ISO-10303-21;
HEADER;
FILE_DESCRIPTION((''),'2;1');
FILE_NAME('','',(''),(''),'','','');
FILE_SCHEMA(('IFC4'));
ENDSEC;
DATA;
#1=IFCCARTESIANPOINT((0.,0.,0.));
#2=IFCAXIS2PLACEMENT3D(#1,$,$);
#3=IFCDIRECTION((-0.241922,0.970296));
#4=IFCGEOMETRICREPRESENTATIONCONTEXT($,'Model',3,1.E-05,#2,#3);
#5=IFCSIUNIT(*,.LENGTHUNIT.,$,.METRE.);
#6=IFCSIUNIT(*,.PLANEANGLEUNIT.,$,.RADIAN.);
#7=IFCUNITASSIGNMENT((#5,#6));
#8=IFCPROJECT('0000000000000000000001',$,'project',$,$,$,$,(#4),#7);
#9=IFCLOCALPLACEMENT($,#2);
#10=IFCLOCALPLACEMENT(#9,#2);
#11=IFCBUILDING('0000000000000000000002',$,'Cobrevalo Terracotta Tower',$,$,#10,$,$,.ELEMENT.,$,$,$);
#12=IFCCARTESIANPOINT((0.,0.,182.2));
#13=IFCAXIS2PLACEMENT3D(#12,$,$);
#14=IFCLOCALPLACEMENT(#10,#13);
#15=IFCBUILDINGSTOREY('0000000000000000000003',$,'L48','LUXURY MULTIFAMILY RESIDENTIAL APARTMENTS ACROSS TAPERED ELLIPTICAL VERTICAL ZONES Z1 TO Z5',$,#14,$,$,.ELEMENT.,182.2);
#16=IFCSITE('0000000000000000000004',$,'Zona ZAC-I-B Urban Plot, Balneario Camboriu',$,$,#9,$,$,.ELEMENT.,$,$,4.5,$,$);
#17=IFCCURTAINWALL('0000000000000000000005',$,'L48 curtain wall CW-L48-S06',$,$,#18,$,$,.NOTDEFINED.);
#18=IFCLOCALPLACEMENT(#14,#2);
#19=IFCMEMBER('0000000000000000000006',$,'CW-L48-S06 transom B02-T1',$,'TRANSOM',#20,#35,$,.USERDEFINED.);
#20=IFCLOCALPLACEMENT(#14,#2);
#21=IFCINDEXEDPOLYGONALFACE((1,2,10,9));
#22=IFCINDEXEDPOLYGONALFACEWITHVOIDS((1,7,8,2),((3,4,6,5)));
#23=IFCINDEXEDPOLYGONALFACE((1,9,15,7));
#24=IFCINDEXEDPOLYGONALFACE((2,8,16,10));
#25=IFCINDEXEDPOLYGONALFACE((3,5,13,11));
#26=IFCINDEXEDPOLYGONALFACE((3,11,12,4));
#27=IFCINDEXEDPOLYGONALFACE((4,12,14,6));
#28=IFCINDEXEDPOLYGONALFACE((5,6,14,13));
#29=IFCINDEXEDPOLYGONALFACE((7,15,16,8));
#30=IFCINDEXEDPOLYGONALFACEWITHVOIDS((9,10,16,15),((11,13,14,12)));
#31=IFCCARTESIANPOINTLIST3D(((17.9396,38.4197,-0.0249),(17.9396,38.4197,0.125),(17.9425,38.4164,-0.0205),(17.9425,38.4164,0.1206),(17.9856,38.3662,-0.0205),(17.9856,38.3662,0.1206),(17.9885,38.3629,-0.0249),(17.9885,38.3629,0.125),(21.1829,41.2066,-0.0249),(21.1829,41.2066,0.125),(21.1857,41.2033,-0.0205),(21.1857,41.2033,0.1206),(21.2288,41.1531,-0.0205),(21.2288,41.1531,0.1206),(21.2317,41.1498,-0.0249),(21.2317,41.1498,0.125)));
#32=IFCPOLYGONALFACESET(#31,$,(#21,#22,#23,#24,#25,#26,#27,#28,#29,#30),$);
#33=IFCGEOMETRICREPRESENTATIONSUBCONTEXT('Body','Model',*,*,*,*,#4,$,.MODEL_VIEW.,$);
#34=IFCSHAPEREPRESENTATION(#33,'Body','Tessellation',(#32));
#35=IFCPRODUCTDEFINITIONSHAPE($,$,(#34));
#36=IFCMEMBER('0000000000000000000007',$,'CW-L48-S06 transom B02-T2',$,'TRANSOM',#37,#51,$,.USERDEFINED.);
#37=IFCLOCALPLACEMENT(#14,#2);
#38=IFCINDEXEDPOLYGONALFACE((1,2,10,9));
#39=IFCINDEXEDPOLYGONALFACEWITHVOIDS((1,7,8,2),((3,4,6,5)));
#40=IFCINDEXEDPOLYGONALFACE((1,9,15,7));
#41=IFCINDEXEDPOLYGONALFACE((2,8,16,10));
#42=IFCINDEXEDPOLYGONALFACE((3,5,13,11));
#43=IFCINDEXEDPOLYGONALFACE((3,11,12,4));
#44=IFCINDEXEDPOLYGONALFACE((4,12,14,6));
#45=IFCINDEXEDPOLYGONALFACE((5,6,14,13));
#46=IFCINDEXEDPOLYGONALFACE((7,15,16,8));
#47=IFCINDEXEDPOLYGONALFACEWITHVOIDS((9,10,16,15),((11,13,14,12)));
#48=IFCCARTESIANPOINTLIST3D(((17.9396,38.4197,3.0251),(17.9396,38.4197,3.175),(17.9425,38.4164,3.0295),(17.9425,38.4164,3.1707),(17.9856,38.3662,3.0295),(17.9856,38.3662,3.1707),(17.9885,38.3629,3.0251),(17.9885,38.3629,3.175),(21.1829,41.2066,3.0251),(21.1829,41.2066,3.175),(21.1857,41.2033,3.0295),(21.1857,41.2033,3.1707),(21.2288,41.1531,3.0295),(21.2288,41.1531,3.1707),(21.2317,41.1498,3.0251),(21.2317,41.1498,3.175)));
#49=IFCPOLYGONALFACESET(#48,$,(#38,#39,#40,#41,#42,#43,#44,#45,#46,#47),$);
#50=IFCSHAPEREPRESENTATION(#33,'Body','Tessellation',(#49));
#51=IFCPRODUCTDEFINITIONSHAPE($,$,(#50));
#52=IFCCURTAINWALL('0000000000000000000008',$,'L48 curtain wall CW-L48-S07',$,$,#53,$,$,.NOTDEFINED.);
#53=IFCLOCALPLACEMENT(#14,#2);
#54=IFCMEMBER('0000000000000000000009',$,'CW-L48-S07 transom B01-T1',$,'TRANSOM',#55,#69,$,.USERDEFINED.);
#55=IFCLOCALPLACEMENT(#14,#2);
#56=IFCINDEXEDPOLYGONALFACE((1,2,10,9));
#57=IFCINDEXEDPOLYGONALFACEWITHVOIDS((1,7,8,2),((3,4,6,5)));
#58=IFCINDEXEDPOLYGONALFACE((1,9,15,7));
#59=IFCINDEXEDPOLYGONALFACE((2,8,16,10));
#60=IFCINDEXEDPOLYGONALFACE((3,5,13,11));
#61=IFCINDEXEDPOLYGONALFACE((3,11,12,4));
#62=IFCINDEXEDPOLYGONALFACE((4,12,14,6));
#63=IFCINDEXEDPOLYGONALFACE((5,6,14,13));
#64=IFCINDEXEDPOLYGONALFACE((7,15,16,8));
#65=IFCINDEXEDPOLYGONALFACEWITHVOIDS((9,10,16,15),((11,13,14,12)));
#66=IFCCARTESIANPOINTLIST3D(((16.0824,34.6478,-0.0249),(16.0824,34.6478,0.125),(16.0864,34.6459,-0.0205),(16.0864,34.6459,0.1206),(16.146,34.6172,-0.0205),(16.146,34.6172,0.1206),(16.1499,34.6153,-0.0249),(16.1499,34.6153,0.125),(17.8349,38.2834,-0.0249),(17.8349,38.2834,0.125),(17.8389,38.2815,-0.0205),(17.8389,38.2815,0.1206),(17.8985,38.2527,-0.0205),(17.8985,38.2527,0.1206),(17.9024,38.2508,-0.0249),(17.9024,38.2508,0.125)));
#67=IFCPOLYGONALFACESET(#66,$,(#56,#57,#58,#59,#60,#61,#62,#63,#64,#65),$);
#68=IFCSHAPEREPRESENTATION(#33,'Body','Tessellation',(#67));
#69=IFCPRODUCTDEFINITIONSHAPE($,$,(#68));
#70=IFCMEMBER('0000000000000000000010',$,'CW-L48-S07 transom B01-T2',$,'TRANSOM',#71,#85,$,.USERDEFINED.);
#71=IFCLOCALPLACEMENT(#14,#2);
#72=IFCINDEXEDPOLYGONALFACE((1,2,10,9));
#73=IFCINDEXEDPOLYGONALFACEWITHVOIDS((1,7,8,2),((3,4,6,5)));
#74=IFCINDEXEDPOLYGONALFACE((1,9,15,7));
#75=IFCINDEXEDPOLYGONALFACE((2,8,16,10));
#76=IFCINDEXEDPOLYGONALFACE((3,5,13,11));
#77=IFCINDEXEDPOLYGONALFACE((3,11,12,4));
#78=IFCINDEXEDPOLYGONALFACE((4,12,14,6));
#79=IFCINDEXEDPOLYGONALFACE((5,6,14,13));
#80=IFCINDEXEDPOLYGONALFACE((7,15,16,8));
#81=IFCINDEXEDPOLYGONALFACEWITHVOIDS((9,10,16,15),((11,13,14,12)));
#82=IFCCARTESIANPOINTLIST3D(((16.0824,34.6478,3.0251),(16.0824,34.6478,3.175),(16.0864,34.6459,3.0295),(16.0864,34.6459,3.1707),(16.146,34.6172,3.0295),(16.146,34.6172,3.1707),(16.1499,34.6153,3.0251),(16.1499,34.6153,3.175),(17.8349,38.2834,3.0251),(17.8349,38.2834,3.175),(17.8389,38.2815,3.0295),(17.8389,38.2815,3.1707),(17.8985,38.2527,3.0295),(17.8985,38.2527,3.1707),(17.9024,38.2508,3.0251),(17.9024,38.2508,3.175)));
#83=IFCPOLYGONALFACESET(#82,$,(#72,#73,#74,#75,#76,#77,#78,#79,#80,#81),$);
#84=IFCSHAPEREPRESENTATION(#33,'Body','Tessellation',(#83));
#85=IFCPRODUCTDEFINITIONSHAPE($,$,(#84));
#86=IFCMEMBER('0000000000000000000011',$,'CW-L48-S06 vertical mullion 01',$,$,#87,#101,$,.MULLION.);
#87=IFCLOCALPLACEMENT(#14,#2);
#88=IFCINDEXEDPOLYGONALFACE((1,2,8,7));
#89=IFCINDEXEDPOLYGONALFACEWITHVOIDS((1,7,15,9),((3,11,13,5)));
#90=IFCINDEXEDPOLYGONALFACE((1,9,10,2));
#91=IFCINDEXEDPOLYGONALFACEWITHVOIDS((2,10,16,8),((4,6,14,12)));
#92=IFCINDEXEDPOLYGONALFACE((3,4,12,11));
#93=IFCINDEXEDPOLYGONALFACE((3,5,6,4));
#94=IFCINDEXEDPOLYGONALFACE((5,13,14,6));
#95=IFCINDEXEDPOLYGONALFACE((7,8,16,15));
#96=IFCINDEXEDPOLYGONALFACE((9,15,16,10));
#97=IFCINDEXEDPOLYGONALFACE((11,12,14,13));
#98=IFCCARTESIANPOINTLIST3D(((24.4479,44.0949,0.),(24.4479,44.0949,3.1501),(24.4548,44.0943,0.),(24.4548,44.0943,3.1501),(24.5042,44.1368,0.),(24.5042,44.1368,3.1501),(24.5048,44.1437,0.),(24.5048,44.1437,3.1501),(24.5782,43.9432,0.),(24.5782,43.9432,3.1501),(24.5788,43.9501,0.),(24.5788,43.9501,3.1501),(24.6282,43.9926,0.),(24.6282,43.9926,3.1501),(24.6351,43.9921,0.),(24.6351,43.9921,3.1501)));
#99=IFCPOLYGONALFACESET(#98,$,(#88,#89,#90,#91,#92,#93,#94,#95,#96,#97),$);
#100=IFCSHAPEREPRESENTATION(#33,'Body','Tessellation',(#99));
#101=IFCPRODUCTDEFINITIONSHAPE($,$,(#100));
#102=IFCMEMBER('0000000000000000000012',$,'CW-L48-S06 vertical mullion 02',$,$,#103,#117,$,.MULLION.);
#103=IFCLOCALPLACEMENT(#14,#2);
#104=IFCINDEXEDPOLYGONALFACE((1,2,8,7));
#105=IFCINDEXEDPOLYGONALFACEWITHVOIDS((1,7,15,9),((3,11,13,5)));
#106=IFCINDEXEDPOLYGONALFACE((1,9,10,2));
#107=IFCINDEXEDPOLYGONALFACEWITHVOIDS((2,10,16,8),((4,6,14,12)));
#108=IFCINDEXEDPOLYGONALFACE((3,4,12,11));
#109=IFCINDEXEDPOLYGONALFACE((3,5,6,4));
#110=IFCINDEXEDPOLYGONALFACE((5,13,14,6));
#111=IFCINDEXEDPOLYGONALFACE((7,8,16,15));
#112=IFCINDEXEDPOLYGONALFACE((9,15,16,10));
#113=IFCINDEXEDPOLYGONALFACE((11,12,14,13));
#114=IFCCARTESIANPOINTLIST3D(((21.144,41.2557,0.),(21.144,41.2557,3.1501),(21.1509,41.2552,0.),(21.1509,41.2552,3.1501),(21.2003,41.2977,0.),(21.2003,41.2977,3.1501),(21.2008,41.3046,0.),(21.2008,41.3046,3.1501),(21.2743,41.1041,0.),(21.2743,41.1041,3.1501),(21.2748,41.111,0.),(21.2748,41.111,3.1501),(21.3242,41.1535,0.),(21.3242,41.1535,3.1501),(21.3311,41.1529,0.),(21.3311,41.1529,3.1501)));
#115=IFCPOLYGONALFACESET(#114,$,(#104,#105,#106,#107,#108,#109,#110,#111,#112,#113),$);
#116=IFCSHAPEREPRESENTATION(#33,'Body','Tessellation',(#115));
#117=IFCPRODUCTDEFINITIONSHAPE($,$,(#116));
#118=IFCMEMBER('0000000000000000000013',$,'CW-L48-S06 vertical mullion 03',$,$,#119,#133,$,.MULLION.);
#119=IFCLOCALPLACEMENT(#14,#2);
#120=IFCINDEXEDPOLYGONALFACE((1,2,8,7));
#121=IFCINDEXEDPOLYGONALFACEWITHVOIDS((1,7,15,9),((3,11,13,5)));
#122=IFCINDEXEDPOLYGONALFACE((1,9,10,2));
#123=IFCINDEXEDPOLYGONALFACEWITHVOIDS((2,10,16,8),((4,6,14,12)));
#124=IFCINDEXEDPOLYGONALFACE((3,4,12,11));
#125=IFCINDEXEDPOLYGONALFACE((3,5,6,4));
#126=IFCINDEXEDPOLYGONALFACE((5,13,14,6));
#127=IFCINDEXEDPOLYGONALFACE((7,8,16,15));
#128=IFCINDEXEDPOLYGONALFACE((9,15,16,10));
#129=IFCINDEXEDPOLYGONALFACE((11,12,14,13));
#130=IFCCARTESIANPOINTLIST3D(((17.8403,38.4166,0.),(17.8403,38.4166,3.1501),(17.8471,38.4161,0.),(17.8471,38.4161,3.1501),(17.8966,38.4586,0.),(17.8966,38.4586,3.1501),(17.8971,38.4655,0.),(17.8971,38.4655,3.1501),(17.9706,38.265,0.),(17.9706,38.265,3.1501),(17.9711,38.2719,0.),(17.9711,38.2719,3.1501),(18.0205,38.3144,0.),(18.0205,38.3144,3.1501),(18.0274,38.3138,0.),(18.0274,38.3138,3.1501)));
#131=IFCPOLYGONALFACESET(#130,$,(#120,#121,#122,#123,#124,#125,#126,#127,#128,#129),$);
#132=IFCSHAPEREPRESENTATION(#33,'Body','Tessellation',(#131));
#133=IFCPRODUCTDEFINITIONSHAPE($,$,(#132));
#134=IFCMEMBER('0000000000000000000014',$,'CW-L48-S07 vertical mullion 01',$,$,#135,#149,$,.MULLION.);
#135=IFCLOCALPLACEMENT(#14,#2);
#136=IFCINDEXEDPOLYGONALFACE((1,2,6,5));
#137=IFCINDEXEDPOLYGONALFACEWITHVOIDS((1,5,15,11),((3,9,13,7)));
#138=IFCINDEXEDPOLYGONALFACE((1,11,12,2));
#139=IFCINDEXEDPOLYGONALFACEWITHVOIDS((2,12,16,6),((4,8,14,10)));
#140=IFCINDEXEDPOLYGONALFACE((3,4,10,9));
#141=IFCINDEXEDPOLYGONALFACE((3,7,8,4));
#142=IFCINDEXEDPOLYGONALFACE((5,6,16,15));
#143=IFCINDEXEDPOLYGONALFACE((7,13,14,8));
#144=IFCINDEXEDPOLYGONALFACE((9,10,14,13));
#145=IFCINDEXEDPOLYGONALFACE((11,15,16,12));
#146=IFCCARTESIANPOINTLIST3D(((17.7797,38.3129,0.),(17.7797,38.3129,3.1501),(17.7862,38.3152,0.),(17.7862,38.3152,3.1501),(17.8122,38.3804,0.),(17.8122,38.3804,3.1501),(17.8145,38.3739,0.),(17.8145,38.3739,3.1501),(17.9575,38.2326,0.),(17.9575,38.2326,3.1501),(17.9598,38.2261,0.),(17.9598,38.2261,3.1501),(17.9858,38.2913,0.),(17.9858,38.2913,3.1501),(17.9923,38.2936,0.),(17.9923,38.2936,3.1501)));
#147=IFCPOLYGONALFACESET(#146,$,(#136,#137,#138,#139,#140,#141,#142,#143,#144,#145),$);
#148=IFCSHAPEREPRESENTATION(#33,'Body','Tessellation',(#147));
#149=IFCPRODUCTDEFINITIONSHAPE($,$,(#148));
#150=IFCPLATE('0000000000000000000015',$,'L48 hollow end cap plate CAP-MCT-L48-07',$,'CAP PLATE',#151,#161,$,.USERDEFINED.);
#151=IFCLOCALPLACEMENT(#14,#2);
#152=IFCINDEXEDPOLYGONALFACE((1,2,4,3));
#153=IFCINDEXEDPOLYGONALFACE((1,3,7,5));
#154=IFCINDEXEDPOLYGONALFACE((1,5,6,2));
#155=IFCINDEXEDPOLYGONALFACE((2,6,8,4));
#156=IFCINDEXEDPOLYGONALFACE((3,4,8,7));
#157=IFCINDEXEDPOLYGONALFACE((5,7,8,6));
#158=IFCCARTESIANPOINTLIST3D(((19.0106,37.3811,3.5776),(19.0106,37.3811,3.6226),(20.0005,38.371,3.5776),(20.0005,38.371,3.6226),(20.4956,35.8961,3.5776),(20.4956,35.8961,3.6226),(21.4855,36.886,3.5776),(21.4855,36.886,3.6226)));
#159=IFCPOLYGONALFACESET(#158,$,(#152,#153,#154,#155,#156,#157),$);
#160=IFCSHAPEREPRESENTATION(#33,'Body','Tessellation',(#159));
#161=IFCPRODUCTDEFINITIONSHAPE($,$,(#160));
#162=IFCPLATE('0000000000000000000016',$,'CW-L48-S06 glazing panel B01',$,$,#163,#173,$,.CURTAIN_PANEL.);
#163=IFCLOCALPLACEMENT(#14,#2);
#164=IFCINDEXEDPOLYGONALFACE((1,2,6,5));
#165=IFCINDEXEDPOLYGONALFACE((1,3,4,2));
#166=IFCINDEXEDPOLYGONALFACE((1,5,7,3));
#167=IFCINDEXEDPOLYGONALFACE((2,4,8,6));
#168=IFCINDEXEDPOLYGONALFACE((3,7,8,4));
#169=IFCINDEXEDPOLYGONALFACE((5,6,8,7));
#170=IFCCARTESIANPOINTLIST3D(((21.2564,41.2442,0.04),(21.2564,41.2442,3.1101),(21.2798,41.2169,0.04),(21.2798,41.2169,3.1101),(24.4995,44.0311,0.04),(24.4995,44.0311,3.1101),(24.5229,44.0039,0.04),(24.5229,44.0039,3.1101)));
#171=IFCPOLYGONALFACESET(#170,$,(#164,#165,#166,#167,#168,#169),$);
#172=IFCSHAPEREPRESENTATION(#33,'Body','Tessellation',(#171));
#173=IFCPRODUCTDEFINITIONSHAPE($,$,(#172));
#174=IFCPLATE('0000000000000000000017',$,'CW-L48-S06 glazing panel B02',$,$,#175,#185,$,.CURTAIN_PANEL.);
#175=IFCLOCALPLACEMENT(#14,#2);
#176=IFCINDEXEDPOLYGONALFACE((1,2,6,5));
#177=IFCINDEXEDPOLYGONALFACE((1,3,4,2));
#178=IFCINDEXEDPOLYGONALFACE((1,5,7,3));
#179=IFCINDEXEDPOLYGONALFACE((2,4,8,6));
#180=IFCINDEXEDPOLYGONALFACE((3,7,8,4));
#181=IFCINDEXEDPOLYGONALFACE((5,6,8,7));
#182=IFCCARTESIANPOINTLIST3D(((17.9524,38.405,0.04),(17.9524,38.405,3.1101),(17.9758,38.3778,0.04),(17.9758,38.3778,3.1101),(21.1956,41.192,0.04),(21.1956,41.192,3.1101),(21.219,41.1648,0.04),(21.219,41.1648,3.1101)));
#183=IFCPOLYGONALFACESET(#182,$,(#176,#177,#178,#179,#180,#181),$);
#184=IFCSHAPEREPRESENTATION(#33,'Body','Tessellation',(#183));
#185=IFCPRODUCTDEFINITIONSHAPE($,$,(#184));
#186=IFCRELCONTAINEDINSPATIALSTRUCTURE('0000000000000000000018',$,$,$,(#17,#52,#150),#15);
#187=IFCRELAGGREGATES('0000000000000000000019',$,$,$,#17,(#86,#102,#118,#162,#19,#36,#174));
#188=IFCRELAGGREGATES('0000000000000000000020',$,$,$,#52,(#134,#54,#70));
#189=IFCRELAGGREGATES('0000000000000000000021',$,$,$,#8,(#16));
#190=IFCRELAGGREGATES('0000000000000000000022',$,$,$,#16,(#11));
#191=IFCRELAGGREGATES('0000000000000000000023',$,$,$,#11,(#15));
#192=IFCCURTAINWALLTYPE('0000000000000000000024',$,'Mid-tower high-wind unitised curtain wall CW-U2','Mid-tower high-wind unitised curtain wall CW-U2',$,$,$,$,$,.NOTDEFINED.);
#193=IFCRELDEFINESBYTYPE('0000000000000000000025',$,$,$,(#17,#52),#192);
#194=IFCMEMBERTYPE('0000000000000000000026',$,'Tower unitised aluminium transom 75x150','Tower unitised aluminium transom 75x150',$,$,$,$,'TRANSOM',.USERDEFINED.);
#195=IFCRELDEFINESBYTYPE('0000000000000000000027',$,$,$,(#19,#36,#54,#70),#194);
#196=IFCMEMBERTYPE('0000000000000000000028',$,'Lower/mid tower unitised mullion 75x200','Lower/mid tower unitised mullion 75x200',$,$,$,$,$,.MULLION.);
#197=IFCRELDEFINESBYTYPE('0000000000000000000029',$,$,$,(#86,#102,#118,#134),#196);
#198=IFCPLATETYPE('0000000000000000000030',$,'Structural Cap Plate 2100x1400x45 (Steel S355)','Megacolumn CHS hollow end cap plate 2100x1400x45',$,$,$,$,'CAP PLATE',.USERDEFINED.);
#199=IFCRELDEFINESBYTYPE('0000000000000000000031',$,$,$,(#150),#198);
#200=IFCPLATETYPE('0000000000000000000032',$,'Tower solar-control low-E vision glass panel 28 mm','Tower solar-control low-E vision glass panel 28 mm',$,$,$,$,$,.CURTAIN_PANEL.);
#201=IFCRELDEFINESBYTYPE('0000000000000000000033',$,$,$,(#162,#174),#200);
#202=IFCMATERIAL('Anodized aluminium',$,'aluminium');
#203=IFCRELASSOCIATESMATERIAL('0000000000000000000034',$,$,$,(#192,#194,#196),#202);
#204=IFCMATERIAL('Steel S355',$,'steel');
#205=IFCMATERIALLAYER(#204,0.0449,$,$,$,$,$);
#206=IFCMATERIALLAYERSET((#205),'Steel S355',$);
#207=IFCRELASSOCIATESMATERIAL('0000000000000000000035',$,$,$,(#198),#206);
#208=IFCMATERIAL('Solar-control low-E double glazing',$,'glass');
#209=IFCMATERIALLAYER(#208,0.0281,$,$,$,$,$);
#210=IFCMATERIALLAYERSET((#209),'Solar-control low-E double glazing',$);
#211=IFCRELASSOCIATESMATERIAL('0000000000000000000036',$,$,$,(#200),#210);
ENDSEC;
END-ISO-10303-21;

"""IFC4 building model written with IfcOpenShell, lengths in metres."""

from ifc_helpers import new_model, si_unit, direction, frame, origin, origin_2d, place, context, subcontext, project, spatial, rectangle, hollow_rectangle, extrude, source, transform, mapped, material, layer, layer_set, material_profile, profile_set, type_object, element, aggregate, save


model = new_model("IFC4")

# Units and contexts
model_context = context("Model", 3, precision=1e-05, world=origin(), true_north=direction((-0.241922, 0.970296)))
body_context = subcontext(model_context, "Body", "Model", "MODEL_VIEW")
ifc_project = project(units=[si_unit("LENGTHUNIT", "METRE"), si_unit("PLANEANGLEUNIT", "RADIAN")], contexts=[model_context])

# Site, building, storey
site_placement = place(None, origin())
site = spatial("IfcSite", under=ifc_project, at=site_placement, Name="Zona ZAC-I-B Urban Plot, Balneario Camboriu", CompositionType="ELEMENT", RefElevation=4.5)
building_placement = place(site_placement, origin())
building = spatial("IfcBuilding", under=site, at=building_placement, Name="Cobrevalo Terracotta Tower", CompositionType="ELEMENT")
storey_placement = place(building_placement, frame((0.0, 0.0, 182.2)))
storey = spatial("IfcBuildingStorey", under=building, at=storey_placement, Name="L48", Description="LUXURY MULTIFAMILY RESIDENTIAL APARTMENTS ACROSS TAPERED ELLIPTICAL VERTICAL ZONES Z1 TO Z5", CompositionType="ELEMENT", Elevation=182.2)

# Shared definitions
ifc_material_1 = material(Name="Steel S355", Category="steel")

# Curtain walls, members
ifc_material_2 = material(Name="Anodized aluminium", Category="aluminium")
curtain_wall_type = type_object("IfcCurtainWallType", Name="Mid-tower high-wind unitised curtain wall CW-U2", Description="Mid-tower high-wind unitised curtain wall CW-U2", PredefinedType="NOTDEFINED", material=ifc_material_2)
curtain_wall_1_placement = place(storey_placement, origin())
curtain_wall_1 = element("IfcCurtainWall", 1, at=curtain_wall_1_placement, inside=storey, type_object=curtain_wall_type, Name="L48 curtain wall CW-L48-S06", PredefinedType="NOTDEFINED")
ifc_material_profile_1 = material_profile(ifc_material_2, hollow_rectangle(XDim=0.075, YDim=0.1499, WallThickness=0.0044, at=origin_2d()), Name="CWT 75x150")
ifc_profile_set_1 = profile_set([ifc_material_profile_1], Name="Anodized aluminium")
member_type_1 = type_object("IfcMemberType", Name="Tower unitised aluminium transom 75x150", Description="Tower unitised aluminium transom 75x150", ElementType="TRANSOM", PredefinedType="USERDEFINED", material=ifc_profile_set_1)
shared_shape_1 = source(origin(), body_context, "Body", "SweptSolid", [
    extrude(hollow_rectangle(XDim=0.075, YDim=0.1499, WallThickness=0.0044, at=origin_2d()), origin(), (0.0, 0.0, 1.0), 4.2761),
])
member_1_placement = place(storey_placement, frame((21.2073, 41.1782, 0.05), z_axis=(-0.758446, -0.651736, 0.0), x_axis=(0.651736, -0.758446, 0.0)))
member_1 = element("IfcMember", 2, at=member_1_placement, type_object=member_type_1, Name="CW-L48-S06 transom B02-T1", ObjectType="TRANSOM", PredefinedType="USERDEFINED", context=body_context, shape_type="MappedRepresentation", body=[
    mapped(shared_shape_1, transform((0.0, 0.0, 0.0), scale=1.0)),
])
member_2_placement = place(storey_placement, frame((21.2073, 41.1782, 3.1001), z_axis=(-0.758446, -0.651736, 0.0), x_axis=(0.651736, -0.758446, 0.0)))
member_2 = element("IfcMember", 3, at=member_2_placement, type_object=member_type_1, Name="CW-L48-S06 transom B02-T2", ObjectType="TRANSOM", PredefinedType="USERDEFINED", context=body_context, shape_type="MappedRepresentation", body=[
    mapped(shared_shape_1, transform((0.0, 0.0, 0.0), scale=1.0)),
])
curtain_wall_2_placement = place(storey_placement, origin())
curtain_wall_2 = element("IfcCurtainWall", 4, at=curtain_wall_2_placement, inside=storey, type_object=curtain_wall_type, Name="L48 curtain wall CW-L48-S07", PredefinedType="NOTDEFINED")
shared_shape_2 = source(origin(), body_context, "Body", "SweptSolid", [
    extrude(hollow_rectangle(XDim=0.075, YDim=0.1499, WallThickness=0.0044, at=origin_2d()), origin(), (0.0, 0.0, 1.0), 4.0359),
])
member_3_placement = place(storey_placement, frame((17.8687, 38.2671, 0.05), z_axis=(-0.434221, -0.900806, 0.0), x_axis=(0.900806, -0.434221, 0.0)))
member_3 = element("IfcMember", 5, at=member_3_placement, type_object=member_type_1, Name="CW-L48-S07 transom B01-T1", ObjectType="TRANSOM", PredefinedType="USERDEFINED", context=body_context, shape_type="MappedRepresentation", body=[
    mapped(shared_shape_2, transform((0.0, 0.0, 0.0), scale=1.0)),
])
member_4_placement = place(storey_placement, frame((17.8687, 38.2671, 3.1001), z_axis=(-0.434221, -0.900806, 0.0), x_axis=(0.900806, -0.434221, 0.0)))
member_4 = element("IfcMember", 6, at=member_4_placement, type_object=member_type_1, Name="CW-L48-S07 transom B01-T2", ObjectType="TRANSOM", PredefinedType="USERDEFINED", context=body_context, shape_type="MappedRepresentation", body=[
    mapped(shared_shape_2, transform((0.0, 0.0, 0.0), scale=1.0)),
])

# Members
ifc_material_profile_2 = material_profile(ifc_material_2, hollow_rectangle(XDim=0.075, YDim=0.2, WallThickness=0.0049, at=origin_2d()), Name="CWM 75x200")
ifc_profile_set_2 = profile_set([ifc_material_profile_2], Name="Anodized aluminium")
member_type_2 = type_object("IfcMemberType", Name="Lower/mid tower unitised mullion 75x200", Description="Lower/mid tower unitised mullion 75x200", PredefinedType="MULLION", material=ifc_profile_set_2)
shared_shape_3 = source(origin(), body_context, "Body", "SweptSolid", [
    extrude(hollow_rectangle(XDim=0.075, YDim=0.2, WallThickness=0.0049, at=origin_2d()), origin(), (0.0, 0.0, 1.0), 3.1501),
])
member_5_placement = place(storey_placement, frame((24.5415, 44.0435, 0.0), z_axis=(0.0, 0.0, 1.0), x_axis=(-0.758442, -0.651741, 0.0)))
member_5 = element("IfcMember", 7, at=member_5_placement, type_object=member_type_2, Name="CW-L48-S06 vertical mullion 01", PredefinedType="MULLION", context=body_context, shape_type="MappedRepresentation", body=[
    mapped(shared_shape_3, transform((0.0, 0.0, 0.0), scale=1.0)),
])
member_6_placement = place(storey_placement, frame((21.2375, 41.2043, 0.0), z_axis=(0.0, 0.0, 1.0), x_axis=(-0.758442, -0.651741, 0.0)))
member_6 = element("IfcMember", 8, at=member_6_placement, type_object=member_type_2, Name="CW-L48-S06 vertical mullion 02", PredefinedType="MULLION", context=body_context, shape_type="MappedRepresentation", body=[
    mapped(shared_shape_3, transform((0.0, 0.0, 0.0), scale=1.0)),
])
member_7_placement = place(storey_placement, frame((17.9338, 38.3652, 0.0), z_axis=(0.0, 0.0, 1.0), x_axis=(-0.758442, -0.651741, 0.0)))
member_7 = element("IfcMember", 9, at=member_7_placement, type_object=member_type_2, Name="CW-L48-S06 vertical mullion 03", PredefinedType="MULLION", context=body_context, shape_type="MappedRepresentation", body=[
    mapped(shared_shape_3, transform((0.0, 0.0, 0.0), scale=1.0)),
])
member_8_placement = place(storey_placement, frame((17.886, 38.3032, 0.0), z_axis=(0.0, 0.0, 1.0), x_axis=(-0.434209, -0.900812, 0.0)))
member_8 = element("IfcMember", 10, at=member_8_placement, type_object=member_type_2, Name="CW-L48-S07 vertical mullion 01", PredefinedType="MULLION", context=body_context, shape_type="MappedRepresentation", body=[
    mapped(shared_shape_3, transform((0.0, 0.0, 0.0), scale=1.0)),
])

# Plates
ifc_layer_1 = layer(ifc_material_1, 0.0449)
ifc_layer_set_1 = layer_set([ifc_layer_1], Name="Steel S355")
plate_type_1 = type_object("IfcPlateType", Name="Structural Cap Plate 2100x1400x45 (Steel S355)", Description="Megacolumn CHS hollow end cap plate 2100x1400x45", ElementType="CAP PLATE", PredefinedType="USERDEFINED", material=ifc_layer_set_1)
shared_shape_4 = source(origin(), body_context, "Body", "SweptSolid", [
    extrude(rectangle(XDim=2.1001, YDim=1.3999, at=origin_2d()), origin(), (0.0, 0.0, 1.0), 0.0449),
])
plate_1_placement = place(storey_placement, frame((20.248, 37.1335, 3.5776), z_axis=(0.0, 0.0, 1.0), x_axis=(-0.707107, 0.707107, 0.0)))
element("IfcPlate", 11, at=plate_1_placement, inside=storey, type_object=plate_type_1, Name="L48 hollow end cap plate CAP-MCT-L48-07", ObjectType="CAP PLATE", PredefinedType="USERDEFINED", context=body_context, shape_type="MappedRepresentation", body=[
    mapped(shared_shape_4, transform((0.0, 0.0, 0.0), scale=1.0)),
])
ifc_material_3 = material(Name="Solar-control low-E double glazing", Category="glass")
ifc_layer_2 = layer(ifc_material_3, 0.0281)
ifc_layer_set_2 = layer_set([ifc_layer_2], Name="Solar-control low-E double glazing")
plate_type_2 = type_object("IfcPlateType", Name="Tower solar-control low-E vision glass panel 28 mm", Description="Tower solar-control low-E vision glass panel 28 mm", PredefinedType="CURTAIN_PANEL", material=ifc_layer_set_2)
shared_shape_5 = source(origin(), body_context, "Body", "SweptSolid", [
    extrude(rectangle(XDim=4.2761, YDim=0.0359, at=origin_2d()), origin(), (0.0, 0.0, 1.0), 3.0701),
])
plate_2_placement = place(storey_placement, frame((22.8896, 42.624, 0.04), z_axis=(0.0, 0.0, 1.0), x_axis=(-0.758437, -0.651746, 0.0)))
plate_2 = element("IfcPlate", 12, at=plate_2_placement, type_object=plate_type_2, Name="CW-L48-S06 glazing panel B01", PredefinedType="CURTAIN_PANEL", context=body_context, shape_type="MappedRepresentation", body=[
    mapped(shared_shape_5, transform((0.0, 0.0, 0.0), scale=1.0)),
])
plate_3_placement = place(storey_placement, frame((19.5857, 39.7849, 0.04), z_axis=(0.0, 0.0, 1.0), x_axis=(-0.758437, -0.651746, 0.0)))
plate_3 = element("IfcPlate", 13, at=plate_3_placement, type_object=plate_type_2, Name="CW-L48-S06 glazing panel B02", PredefinedType="CURTAIN_PANEL", context=body_context, shape_type="MappedRepresentation", body=[
    mapped(shared_shape_5, transform((0.0, 0.0, 0.0), scale=1.0)),
])
aggregate(curtain_wall_1, [member_5, member_6, member_7, plate_2, member_1, member_2, plate_3])
aggregate(curtain_wall_2, [member_8, member_3, member_4])

save(model, "model.ifc")
